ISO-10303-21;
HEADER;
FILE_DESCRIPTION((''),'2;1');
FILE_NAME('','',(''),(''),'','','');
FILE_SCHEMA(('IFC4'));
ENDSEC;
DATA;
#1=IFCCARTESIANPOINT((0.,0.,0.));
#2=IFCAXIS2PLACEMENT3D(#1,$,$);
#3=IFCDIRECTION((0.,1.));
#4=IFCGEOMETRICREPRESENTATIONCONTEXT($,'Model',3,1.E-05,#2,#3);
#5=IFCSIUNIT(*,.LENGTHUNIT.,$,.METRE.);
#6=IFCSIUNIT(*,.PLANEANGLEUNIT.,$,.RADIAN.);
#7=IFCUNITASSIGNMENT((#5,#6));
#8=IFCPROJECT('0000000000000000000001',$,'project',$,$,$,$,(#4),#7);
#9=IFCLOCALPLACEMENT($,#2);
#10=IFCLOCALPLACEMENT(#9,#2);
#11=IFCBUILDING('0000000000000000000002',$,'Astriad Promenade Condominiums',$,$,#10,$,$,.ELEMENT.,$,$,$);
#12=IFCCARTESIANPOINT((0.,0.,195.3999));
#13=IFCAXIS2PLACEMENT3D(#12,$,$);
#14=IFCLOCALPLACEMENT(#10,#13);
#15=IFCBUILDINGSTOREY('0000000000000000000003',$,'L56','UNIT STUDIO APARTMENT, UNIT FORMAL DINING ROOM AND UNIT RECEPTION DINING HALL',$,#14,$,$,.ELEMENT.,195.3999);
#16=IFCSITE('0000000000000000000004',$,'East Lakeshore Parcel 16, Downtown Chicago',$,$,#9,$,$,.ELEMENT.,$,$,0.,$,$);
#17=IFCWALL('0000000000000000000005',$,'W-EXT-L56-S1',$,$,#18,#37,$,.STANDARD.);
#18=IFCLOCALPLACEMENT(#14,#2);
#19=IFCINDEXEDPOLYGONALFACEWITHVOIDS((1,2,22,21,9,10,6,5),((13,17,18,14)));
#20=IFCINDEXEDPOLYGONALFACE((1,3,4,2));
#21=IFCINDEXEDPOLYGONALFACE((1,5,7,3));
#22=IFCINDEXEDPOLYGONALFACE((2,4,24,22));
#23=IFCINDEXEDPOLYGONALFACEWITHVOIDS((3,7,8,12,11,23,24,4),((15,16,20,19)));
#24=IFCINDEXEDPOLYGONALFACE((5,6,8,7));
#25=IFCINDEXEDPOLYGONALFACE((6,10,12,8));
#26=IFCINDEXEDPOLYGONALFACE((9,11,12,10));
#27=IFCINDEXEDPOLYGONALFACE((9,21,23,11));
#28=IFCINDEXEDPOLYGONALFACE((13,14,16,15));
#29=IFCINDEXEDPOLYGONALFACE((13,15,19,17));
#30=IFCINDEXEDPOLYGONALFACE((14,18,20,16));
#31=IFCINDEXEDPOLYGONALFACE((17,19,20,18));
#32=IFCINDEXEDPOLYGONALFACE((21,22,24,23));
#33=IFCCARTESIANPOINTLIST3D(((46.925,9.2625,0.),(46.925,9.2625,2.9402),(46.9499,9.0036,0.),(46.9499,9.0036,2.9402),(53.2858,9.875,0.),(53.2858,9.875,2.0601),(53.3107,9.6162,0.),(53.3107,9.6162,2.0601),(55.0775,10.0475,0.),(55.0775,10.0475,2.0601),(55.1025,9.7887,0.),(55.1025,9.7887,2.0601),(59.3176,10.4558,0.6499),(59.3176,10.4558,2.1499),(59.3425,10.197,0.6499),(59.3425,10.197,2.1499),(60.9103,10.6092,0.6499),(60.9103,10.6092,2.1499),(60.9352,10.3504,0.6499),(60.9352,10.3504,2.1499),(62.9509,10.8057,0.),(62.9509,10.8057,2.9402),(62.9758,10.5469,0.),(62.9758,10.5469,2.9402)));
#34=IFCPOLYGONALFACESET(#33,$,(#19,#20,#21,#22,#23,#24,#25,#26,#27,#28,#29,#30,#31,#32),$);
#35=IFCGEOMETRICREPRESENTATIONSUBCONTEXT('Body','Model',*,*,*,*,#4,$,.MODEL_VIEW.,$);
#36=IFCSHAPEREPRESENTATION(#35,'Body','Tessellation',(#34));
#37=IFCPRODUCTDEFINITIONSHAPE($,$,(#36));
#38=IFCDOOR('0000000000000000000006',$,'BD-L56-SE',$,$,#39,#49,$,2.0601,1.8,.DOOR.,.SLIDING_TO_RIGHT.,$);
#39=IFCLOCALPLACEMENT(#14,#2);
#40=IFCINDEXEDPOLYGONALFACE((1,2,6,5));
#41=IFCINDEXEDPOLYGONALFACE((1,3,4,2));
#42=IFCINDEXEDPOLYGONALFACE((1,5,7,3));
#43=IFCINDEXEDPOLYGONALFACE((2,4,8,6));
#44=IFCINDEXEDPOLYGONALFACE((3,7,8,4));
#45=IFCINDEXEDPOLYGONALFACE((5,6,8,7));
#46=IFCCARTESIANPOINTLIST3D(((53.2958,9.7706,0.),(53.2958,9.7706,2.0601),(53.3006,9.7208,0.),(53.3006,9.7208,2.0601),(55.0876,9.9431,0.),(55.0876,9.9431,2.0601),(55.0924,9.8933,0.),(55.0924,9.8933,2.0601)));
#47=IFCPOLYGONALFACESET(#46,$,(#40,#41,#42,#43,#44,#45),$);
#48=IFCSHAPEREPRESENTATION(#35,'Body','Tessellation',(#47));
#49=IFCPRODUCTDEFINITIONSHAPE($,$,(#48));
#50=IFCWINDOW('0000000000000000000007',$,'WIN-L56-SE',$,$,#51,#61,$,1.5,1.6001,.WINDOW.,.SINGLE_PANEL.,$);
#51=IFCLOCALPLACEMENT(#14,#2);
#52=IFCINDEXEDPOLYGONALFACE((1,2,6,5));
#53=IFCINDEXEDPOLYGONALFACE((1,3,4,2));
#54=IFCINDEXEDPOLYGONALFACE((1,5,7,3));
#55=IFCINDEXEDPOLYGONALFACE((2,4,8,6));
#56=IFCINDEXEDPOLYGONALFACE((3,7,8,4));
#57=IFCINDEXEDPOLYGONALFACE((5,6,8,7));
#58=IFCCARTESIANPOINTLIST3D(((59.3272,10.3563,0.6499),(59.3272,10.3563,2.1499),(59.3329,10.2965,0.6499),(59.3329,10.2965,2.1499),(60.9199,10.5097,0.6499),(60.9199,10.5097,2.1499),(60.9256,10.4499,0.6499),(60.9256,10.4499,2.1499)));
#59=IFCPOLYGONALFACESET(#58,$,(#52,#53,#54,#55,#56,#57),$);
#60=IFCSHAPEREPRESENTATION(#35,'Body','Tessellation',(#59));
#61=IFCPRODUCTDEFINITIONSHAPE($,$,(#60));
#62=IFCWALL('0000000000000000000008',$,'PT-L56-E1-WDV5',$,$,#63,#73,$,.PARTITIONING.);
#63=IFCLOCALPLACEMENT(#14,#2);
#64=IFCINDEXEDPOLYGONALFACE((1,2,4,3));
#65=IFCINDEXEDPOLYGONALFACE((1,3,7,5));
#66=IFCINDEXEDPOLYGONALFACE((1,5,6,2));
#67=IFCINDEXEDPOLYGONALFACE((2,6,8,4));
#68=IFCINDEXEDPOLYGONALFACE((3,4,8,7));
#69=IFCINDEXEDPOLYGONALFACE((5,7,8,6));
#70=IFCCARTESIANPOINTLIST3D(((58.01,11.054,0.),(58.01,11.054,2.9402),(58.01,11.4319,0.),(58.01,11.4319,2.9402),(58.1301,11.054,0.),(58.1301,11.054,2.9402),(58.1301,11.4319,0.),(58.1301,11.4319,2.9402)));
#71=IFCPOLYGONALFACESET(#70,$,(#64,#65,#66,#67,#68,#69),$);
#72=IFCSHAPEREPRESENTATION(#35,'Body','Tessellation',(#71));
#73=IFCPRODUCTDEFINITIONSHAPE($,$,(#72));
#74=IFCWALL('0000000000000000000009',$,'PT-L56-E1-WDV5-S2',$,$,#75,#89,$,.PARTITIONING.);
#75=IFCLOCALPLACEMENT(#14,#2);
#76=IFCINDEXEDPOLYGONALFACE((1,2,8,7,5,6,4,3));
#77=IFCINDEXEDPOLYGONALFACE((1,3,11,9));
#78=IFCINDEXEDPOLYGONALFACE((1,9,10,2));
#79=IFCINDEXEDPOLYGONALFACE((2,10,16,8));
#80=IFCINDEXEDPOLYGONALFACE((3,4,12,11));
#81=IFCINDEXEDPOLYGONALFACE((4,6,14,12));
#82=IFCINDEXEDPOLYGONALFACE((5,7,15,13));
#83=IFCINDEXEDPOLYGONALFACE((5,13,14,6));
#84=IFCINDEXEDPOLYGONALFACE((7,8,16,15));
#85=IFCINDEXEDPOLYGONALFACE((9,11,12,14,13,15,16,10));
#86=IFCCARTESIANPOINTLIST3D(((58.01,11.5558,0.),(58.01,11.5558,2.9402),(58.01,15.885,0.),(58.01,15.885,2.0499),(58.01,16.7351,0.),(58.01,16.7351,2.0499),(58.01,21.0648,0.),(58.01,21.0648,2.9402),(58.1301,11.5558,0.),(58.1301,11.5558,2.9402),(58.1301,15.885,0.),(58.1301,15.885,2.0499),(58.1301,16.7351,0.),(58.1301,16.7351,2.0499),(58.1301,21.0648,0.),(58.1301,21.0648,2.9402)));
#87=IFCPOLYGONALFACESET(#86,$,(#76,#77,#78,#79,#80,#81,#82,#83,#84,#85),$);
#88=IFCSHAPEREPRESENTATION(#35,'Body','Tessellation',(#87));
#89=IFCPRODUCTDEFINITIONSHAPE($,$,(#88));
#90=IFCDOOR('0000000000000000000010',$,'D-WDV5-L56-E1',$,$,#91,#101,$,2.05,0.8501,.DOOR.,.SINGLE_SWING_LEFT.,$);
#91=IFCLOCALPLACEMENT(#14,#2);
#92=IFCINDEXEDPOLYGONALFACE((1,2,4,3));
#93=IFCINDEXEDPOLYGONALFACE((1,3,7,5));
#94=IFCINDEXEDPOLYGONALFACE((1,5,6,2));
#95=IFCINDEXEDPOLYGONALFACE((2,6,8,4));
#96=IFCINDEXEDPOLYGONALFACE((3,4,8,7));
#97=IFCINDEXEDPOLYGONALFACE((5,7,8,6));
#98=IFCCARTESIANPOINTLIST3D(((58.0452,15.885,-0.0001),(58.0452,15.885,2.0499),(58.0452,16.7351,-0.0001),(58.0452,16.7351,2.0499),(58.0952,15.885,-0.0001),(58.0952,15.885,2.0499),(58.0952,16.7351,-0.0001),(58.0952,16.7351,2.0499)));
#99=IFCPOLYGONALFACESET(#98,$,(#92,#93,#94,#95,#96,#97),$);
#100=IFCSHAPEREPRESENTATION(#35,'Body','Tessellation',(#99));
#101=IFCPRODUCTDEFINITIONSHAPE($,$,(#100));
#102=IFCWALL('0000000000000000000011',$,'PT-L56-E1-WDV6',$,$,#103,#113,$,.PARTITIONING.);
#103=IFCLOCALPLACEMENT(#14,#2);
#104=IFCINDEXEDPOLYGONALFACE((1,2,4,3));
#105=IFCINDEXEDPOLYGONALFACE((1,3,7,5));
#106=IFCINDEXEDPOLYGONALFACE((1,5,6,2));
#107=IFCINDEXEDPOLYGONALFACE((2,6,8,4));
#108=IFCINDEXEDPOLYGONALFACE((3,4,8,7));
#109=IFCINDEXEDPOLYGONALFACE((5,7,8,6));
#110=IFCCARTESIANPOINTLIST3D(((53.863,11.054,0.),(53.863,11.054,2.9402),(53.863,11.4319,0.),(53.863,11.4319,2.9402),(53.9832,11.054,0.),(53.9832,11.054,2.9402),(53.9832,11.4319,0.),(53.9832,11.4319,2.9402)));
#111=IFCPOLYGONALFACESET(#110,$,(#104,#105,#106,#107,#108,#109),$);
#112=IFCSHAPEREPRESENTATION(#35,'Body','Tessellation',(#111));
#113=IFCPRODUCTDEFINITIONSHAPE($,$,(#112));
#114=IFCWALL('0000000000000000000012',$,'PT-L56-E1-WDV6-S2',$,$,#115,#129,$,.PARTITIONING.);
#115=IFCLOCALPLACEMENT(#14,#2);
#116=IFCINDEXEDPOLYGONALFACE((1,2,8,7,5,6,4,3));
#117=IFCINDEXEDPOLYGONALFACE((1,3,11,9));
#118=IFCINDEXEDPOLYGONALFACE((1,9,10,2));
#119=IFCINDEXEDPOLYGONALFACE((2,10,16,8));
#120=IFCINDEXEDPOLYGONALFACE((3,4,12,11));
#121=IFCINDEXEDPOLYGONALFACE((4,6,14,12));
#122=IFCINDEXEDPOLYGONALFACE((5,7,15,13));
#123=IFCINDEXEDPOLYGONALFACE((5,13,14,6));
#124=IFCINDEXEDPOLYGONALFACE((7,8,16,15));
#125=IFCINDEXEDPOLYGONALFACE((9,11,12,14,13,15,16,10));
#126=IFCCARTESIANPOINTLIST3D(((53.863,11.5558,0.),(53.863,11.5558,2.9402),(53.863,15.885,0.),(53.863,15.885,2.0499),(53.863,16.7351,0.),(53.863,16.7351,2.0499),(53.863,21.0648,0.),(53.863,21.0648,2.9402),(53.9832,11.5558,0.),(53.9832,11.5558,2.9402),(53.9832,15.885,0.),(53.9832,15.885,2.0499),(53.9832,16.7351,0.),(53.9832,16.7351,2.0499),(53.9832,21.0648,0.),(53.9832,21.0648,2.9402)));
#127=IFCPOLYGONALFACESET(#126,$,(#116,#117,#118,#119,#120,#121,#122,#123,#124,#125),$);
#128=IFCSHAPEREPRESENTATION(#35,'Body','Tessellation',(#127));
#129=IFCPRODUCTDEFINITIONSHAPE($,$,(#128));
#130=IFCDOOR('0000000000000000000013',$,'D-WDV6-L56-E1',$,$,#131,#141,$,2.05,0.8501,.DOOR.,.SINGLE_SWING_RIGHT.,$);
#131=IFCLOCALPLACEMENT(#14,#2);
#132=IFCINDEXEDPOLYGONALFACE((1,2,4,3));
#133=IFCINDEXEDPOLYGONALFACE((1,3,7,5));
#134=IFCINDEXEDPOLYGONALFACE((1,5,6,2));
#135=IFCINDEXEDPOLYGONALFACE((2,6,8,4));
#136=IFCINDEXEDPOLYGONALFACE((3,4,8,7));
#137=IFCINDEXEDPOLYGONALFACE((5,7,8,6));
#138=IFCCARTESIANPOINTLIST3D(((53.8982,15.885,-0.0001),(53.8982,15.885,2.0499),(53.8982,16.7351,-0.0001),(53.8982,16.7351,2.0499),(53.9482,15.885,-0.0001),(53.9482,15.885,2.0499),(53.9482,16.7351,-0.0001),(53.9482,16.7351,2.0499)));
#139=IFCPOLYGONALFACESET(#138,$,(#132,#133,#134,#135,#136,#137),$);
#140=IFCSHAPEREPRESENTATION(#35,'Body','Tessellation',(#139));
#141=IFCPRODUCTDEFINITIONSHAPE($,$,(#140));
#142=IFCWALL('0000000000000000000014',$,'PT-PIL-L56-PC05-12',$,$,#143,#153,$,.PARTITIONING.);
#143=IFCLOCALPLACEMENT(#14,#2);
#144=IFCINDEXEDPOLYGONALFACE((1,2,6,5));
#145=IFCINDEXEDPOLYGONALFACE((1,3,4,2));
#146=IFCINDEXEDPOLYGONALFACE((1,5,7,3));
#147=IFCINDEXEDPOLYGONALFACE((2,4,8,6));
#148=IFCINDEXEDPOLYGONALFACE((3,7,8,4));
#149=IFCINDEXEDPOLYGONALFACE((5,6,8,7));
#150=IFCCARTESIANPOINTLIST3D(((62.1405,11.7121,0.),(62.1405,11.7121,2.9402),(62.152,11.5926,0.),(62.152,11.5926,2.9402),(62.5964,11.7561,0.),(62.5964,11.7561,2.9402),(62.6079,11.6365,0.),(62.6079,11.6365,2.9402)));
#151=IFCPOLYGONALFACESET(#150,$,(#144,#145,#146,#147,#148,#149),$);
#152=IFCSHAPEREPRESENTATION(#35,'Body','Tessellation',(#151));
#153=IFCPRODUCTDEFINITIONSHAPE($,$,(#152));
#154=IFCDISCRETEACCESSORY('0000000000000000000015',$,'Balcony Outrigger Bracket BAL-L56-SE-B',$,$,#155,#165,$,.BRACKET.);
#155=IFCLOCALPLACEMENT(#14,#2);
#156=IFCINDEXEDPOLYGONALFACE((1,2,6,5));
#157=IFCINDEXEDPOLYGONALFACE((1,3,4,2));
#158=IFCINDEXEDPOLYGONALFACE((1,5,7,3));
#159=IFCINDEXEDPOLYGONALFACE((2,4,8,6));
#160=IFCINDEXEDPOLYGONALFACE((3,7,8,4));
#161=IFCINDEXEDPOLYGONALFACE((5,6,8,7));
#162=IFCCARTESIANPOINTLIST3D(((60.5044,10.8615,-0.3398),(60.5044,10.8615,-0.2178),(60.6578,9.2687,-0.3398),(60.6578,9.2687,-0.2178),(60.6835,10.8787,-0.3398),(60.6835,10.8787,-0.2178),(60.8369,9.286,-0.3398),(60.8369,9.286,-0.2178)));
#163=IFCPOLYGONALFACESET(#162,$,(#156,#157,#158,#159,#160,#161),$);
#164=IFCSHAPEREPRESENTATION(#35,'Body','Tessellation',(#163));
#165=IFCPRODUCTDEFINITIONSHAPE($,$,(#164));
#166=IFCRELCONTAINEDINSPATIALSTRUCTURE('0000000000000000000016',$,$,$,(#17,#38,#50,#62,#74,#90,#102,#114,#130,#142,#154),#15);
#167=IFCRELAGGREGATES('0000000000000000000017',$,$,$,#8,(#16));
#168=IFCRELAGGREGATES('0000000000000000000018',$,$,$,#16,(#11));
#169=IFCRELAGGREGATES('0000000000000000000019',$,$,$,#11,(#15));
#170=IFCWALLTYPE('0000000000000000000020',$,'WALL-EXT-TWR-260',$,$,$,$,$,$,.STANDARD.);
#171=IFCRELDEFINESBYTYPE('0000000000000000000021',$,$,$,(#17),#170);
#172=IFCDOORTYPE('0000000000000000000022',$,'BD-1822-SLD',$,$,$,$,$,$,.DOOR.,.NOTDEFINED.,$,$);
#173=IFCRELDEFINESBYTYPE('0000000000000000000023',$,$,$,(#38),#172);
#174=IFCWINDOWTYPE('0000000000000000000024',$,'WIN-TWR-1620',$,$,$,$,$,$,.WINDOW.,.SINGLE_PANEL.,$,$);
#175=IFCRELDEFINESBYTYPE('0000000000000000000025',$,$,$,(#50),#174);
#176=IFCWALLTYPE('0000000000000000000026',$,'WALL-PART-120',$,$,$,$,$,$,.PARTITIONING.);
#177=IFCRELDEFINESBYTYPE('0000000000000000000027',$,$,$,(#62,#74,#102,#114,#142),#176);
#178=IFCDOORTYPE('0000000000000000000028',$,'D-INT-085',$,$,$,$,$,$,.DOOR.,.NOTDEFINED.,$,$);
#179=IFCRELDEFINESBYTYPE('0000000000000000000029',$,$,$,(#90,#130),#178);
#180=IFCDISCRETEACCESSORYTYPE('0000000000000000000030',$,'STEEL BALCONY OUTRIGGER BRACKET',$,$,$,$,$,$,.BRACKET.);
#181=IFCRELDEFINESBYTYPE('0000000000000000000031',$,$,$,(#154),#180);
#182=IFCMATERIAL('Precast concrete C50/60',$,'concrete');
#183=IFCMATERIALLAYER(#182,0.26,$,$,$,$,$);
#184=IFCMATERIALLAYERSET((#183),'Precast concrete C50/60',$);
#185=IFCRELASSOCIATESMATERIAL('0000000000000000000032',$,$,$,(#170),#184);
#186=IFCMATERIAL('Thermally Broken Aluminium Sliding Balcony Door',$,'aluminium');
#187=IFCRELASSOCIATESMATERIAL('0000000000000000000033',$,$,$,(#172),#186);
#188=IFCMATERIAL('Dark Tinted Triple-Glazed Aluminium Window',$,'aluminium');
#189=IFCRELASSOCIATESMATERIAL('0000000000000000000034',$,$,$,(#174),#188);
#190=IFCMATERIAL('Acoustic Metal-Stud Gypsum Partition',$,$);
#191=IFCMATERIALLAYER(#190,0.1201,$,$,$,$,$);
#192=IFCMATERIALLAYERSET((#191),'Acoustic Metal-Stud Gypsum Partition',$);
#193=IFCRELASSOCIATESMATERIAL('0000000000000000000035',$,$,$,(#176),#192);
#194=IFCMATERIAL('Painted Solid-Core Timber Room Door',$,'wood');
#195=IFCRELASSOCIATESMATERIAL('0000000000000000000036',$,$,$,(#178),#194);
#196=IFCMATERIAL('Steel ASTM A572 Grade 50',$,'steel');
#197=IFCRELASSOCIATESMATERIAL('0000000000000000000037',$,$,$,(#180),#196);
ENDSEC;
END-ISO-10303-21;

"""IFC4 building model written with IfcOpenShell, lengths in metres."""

from ifc_helpers import new_model, si_unit, direction, frame, frame_2d, origin, origin_2d, place, context, subcontext, project, spatial, rectangle, extrude, source, transform, mapped, material, layer, layer_set, type_object, type_shapes, element, fill, save


model = new_model("IFC4")

# Units and contexts
model_context = context("Model", 3, precision=1e-05, world=origin(), true_north=direction((0.0, 1.0)))
body_context = subcontext(model_context, "Body", "Model", "MODEL_VIEW")
ifc_project = project(units=[si_unit("LENGTHUNIT", "METRE"), si_unit("PLANEANGLEUNIT", "RADIAN")], contexts=[model_context])

# Site, building, storey
site_placement = place(None, origin())
site = spatial("IfcSite", under=ifc_project, at=site_placement, Name="East Lakeshore Parcel 16, Downtown Chicago", CompositionType="ELEMENT", RefElevation=0.0)
building_placement = place(site_placement, origin())
building = spatial("IfcBuilding", under=site, at=building_placement, Name="Astriad Promenade Condominiums", CompositionType="ELEMENT")
storey_placement = place(building_placement, frame((0.0, 0.0, 195.3999)))
storey = spatial("IfcBuildingStorey", under=building, at=storey_placement, Name="L56", Description="UNIT STUDIO APARTMENT, UNIT FORMAL DINING ROOM AND UNIT RECEPTION DINING HALL", CompositionType="ELEMENT", Elevation=195.3999)

# Shared definitions
ifc_material_1 = material(Name="Precast concrete C50/60", Category="concrete")
ifc_layer_1 = layer(ifc_material_1, 0.26)
ifc_layer_set_1 = layer_set([ifc_layer_1], Name="Precast concrete C50/60")
wall_type_1 = type_object("IfcWallType", Name="WALL-EXT-TWR-260", PredefinedType="STANDARD", material=ifc_layer_set_1)

# Wall, openings, door, window
wall_1_placement = place(storey_placement, frame((62.9634, 10.6763, 0.0), z_axis=(0.0, 0.0, 1.0), x_axis=(-0.995396, -0.095852, 0.0)))
wall_1 = element("IfcWall", 1, at=wall_1_placement, inside=storey, type_object=wall_type_1, Name="W-EXT-L56-S1", PredefinedType="STANDARD", context=body_context, shape_type="SweptSolid", body=[
    extrude(rectangle(XDim=16.1001, YDim=0.26, at=frame_2d((8.05, 0.0))), origin(), (0.0, 0.0, 1.0), 2.9402),
])
opening_1_placement = place(wall_1_placement, frame((7.9099, 0.0, 0.0)))
opening_1 = element("IfcOpeningElement", 2, at=opening_1_placement, cuts=wall_1, PredefinedType="OPENING", context=body_context, shape_type="SweptSolid", body=[
    extrude(rectangle(XDim=1.8, YDim=2.0601, at=frame_2d((0.8999, 1.03))), frame((0.0, 0.1399, 0.0), z_axis=(0.0, -1.0, 0.0), x_axis=(1.0, 0.0, 0.0)), (0.0, 0.0, 1.0), 0.28),
])
opening_2_placement = place(wall_1_placement, frame((2.05, 0.0, 0.6499)))
opening_2 = element("IfcOpeningElement", 3, at=opening_2_placement, cuts=wall_1, PredefinedType="OPENING", context=body_context, shape_type="SweptSolid", body=[
    extrude(rectangle(XDim=1.6001, YDim=1.5, at=frame_2d((0.8, 0.75))), frame((0.0, 0.1399, 0.0), z_axis=(0.0, -1.0, 0.0), x_axis=(1.0, 0.0, 0.0)), (0.0, 0.0, 1.0), 0.28),
])
ifc_material_2 = material(Name="Thermally Broken Aluminium Sliding Balcony Door", Category="aluminium")
door_type_1 = type_object("IfcDoorType", Name="BD-1822-SLD", OperationType="NOTDEFINED", PredefinedType="DOOR", material=ifc_material_2)
shared_shape_1 = source(origin(), body_context, "Body", "SweptSolid", [
    extrude(rectangle(XDim=1.8, YDim=2.0601, at=frame_2d((0.8999, 1.03))), frame((0.0, 0.0249, 0.0), z_axis=(0.0, -1.0, 0.0), x_axis=(1.0, 0.0, 0.0)), (0.0, 0.0, 1.0), 0.05),
])
type_shapes(door_type_1, [shared_shape_1])
door_1_placement = place(opening_1_placement, origin())
door_1 = element("IfcDoor", 4, at=door_1_placement, inside=storey, type_object=door_type_1, Name="BD-L56-SE", OperationType="SLIDING_TO_RIGHT", OverallHeight=2.0601, OverallWidth=1.8, PredefinedType="DOOR", context=body_context, shape_type="MappedRepresentation", body=[
    mapped(shared_shape_1, transform((0.0, 0.0, 0.0), scale=1.0)),
])
fill(opening_1, door_1)
ifc_material_3 = material(Name="Dark Tinted Triple-Glazed Aluminium Window", Category="aluminium")
window_type = type_object("IfcWindowType", Name="WIN-TWR-1620", PartitioningType="SINGLE_PANEL", PredefinedType="WINDOW", material=ifc_material_3)
shared_shape_2 = source(origin(), body_context, "Body", "SweptSolid", [
    extrude(rectangle(XDim=1.6001, YDim=1.5, at=frame_2d((0.8, 0.75))), frame((0.0, 0.03, 0.0), z_axis=(0.0, -1.0, 0.0), x_axis=(1.0, 0.0, 0.0)), (0.0, 0.0, 1.0), 0.0601),
])
type_shapes(window_type, [shared_shape_2])
window_placement = place(opening_2_placement, origin())
window = element("IfcWindow", 5, at=window_placement, inside=storey, type_object=window_type, Name="WIN-L56-SE", OverallHeight=1.5, OverallWidth=1.6001, PartitioningType="SINGLE_PANEL", PredefinedType="WINDOW", context=body_context, shape_type="MappedRepresentation", body=[
    mapped(shared_shape_2, transform((0.0, 0.0, 0.0), scale=1.0)),
])
fill(opening_2, window)

# Wall
ifc_material_4 = material(Name="Acoustic Metal-Stud Gypsum Partition")
ifc_layer_2 = layer(ifc_material_4, 0.1201)
ifc_layer_set_2 = layer_set([ifc_layer_2], Name="Acoustic Metal-Stud Gypsum Partition")
wall_type_2 = type_object("IfcWallType", Name="WALL-PART-120", PredefinedType="PARTITIONING", material=ifc_layer_set_2)
wall_2_placement = place(storey_placement, frame((58.0701, 11.054, 0.0), z_axis=(0.0, 0.0, 1.0), x_axis=(0.0, 1.0, 0.0)))
element("IfcWall", 6, at=wall_2_placement, inside=storey, type_object=wall_type_2, Name="PT-L56-E1-WDV5", PredefinedType="PARTITIONING", context=body_context, shape_type="SweptSolid", body=[
    extrude(rectangle(XDim=0.3779, YDim=0.1201, at=frame_2d((0.189, 0.0))), origin(), (0.0, 0.0, 1.0), 2.9402),
])

# Wall, opening, door
wall_3_placement = place(storey_placement, frame((58.0701, 11.5559, 0.0), z_axis=(0.0, 0.0, 1.0), x_axis=(0.0, 1.0, 0.0)))
wall_3 = element("IfcWall", 7, at=wall_3_placement, inside=storey, type_object=wall_type_2, Name="PT-L56-E1-WDV5-S2", PredefinedType="PARTITIONING", context=body_context, shape_type="SweptSolid", body=[
    extrude(rectangle(XDim=9.509, YDim=0.1201, at=frame_2d((4.7544, 0.0))), origin(), (0.0, 0.0, 1.0), 2.9402),
])
opening_3_placement = place(wall_3_placement, frame((4.3291, 0.0, 0.0)))
opening_3 = element("IfcOpeningElement", 8, at=opening_3_placement, cuts=wall_3, PredefinedType="OPENING", context=body_context, shape_type="SweptSolid", body=[
    extrude(rectangle(XDim=0.8501, YDim=2.05, at=frame_2d((0.425, 1.0249))), frame((0.0, 0.0701, 0.0), z_axis=(0.0, -1.0, 0.0), x_axis=(1.0, 0.0, 0.0)), (0.0, 0.0, 1.0), 0.1401),
])
ifc_material_5 = material(Name="Painted Solid-Core Timber Room Door", Category="wood")
door_type_2 = type_object("IfcDoorType", Name="D-INT-085", OperationType="NOTDEFINED", PredefinedType="DOOR", material=ifc_material_5)
shared_shape_3 = source(origin(), body_context, "Body", "SweptSolid", [
    extrude(rectangle(XDim=0.8501, YDim=2.05, at=frame_2d((0.425, 1.0249))), frame((0.0, 0.0249, 0.0), z_axis=(0.0, -1.0, 0.0), x_axis=(1.0, 0.0, 0.0)), (0.0, 0.0, 1.0), 0.05),
])
type_shapes(door_type_2, [shared_shape_3])
door_2_placement = place(opening_3_placement, origin())
door_2 = element("IfcDoor", 9, at=door_2_placement, inside=storey, type_object=door_type_2, Name="D-WDV5-L56-E1", OperationType="SINGLE_SWING_LEFT", OverallHeight=2.05, OverallWidth=0.8501, PredefinedType="DOOR", context=body_context, shape_type="MappedRepresentation", body=[
    mapped(shared_shape_3, transform((0.0, 0.0, 0.0), scale=1.0)),
])
fill(opening_3, door_2)

# Wall
wall_4_placement = place(storey_placement, frame((53.9231, 11.054, 0.0), z_axis=(0.0, 0.0, 1.0), x_axis=(0.0, 1.0, 0.0)))
element("IfcWall", 10, at=wall_4_placement, inside=storey, type_object=wall_type_2, Name="PT-L56-E1-WDV6", PredefinedType="PARTITIONING", context=body_context, shape_type="SweptSolid", body=[
    extrude(rectangle(XDim=0.3779, YDim=0.1201, at=frame_2d((0.189, 0.0))), origin(), (0.0, 0.0, 1.0), 2.9402),
])

# Wall, opening, door
wall_5_placement = place(storey_placement, frame((53.9231, 11.5559, 0.0), z_axis=(0.0, 0.0, 1.0), x_axis=(0.0, 1.0, 0.0)))
wall_5 = element("IfcWall", 11, at=wall_5_placement, inside=storey, type_object=wall_type_2, Name="PT-L56-E1-WDV6-S2", PredefinedType="PARTITIONING", context=body_context, shape_type="SweptSolid", body=[
    extrude(rectangle(XDim=9.509, YDim=0.1201, at=frame_2d((4.7544, 0.0))), origin(), (0.0, 0.0, 1.0), 2.9402),
])
opening_4_placement = place(wall_5_placement, frame((4.3291, 0.0, 0.0)))
opening_4 = element("IfcOpeningElement", 12, at=opening_4_placement, cuts=wall_5, PredefinedType="OPENING", context=body_context, shape_type="SweptSolid", body=[
    extrude(rectangle(XDim=0.8501, YDim=2.05, at=frame_2d((0.425, 1.0249))), frame((0.0, 0.0701, 0.0), z_axis=(0.0, -1.0, 0.0), x_axis=(1.0, 0.0, 0.0)), (0.0, 0.0, 1.0), 0.1401),
])
door_3_placement = place(opening_4_placement, origin())
door_3 = element("IfcDoor", 13, at=door_3_placement, inside=storey, type_object=door_type_2, Name="D-WDV6-L56-E1", OperationType="SINGLE_SWING_RIGHT", OverallHeight=2.05, OverallWidth=0.8501, PredefinedType="DOOR", context=body_context, shape_type="MappedRepresentation", body=[
    mapped(shared_shape_3, transform((0.0, 0.0, 0.0), scale=1.0)),
])
fill(opening_4, door_3)

# Wall
wall_6_placement = place(storey_placement, frame((62.1462, 11.6523, 0.0), z_axis=(0.0, 0.0, 1.0), x_axis=(0.995385, 0.095966, 0.0)))
element("IfcWall", 14, at=wall_6_placement, inside=storey, type_object=wall_type_2, Name="PT-PIL-L56-PC05-12", PredefinedType="PARTITIONING", context=body_context, shape_type="SweptSolid", body=[
    extrude(rectangle(XDim=0.458, YDim=0.1201, at=frame_2d((0.229, 0.0))), origin(), (0.0, 0.0, 1.0), 2.9402),
])

# Discrete accessory
ifc_material_6 = material(Name="Steel ASTM A572 Grade 50", Category="steel")
discrete_accessory_type = type_object("IfcDiscreteAccessoryType", Name="STEEL BALCONY OUTRIGGER BRACKET", PredefinedType="BRACKET", material=ifc_material_6)
shared_shape_4 = source(origin(), body_context, "Body", "SweptSolid", [
    extrude(rectangle(XDim=1.6001, YDim=0.1799, at=origin_2d()), origin(), (0.0, 0.0, 1.0), 0.1221),
])
type_shapes(discrete_accessory_type, [shared_shape_4])
discrete_accessory_placement = place(storey_placement, frame((60.6707, 10.0737, -0.3398), z_axis=(0.0, 0.0, 1.0), x_axis=(0.095846, -0.995396, 0.0)))
element("IfcDiscreteAccessory", 15, at=discrete_accessory_placement, inside=storey, type_object=discrete_accessory_type, Name="Balcony Outrigger Bracket BAL-L56-SE-B", PredefinedType="BRACKET", context=body_context, shape_type="MappedRepresentation", body=[
    mapped(shared_shape_4, transform((0.0, 0.0, 0.0), scale=1.0)),
])

save(model, "model.ifc")
